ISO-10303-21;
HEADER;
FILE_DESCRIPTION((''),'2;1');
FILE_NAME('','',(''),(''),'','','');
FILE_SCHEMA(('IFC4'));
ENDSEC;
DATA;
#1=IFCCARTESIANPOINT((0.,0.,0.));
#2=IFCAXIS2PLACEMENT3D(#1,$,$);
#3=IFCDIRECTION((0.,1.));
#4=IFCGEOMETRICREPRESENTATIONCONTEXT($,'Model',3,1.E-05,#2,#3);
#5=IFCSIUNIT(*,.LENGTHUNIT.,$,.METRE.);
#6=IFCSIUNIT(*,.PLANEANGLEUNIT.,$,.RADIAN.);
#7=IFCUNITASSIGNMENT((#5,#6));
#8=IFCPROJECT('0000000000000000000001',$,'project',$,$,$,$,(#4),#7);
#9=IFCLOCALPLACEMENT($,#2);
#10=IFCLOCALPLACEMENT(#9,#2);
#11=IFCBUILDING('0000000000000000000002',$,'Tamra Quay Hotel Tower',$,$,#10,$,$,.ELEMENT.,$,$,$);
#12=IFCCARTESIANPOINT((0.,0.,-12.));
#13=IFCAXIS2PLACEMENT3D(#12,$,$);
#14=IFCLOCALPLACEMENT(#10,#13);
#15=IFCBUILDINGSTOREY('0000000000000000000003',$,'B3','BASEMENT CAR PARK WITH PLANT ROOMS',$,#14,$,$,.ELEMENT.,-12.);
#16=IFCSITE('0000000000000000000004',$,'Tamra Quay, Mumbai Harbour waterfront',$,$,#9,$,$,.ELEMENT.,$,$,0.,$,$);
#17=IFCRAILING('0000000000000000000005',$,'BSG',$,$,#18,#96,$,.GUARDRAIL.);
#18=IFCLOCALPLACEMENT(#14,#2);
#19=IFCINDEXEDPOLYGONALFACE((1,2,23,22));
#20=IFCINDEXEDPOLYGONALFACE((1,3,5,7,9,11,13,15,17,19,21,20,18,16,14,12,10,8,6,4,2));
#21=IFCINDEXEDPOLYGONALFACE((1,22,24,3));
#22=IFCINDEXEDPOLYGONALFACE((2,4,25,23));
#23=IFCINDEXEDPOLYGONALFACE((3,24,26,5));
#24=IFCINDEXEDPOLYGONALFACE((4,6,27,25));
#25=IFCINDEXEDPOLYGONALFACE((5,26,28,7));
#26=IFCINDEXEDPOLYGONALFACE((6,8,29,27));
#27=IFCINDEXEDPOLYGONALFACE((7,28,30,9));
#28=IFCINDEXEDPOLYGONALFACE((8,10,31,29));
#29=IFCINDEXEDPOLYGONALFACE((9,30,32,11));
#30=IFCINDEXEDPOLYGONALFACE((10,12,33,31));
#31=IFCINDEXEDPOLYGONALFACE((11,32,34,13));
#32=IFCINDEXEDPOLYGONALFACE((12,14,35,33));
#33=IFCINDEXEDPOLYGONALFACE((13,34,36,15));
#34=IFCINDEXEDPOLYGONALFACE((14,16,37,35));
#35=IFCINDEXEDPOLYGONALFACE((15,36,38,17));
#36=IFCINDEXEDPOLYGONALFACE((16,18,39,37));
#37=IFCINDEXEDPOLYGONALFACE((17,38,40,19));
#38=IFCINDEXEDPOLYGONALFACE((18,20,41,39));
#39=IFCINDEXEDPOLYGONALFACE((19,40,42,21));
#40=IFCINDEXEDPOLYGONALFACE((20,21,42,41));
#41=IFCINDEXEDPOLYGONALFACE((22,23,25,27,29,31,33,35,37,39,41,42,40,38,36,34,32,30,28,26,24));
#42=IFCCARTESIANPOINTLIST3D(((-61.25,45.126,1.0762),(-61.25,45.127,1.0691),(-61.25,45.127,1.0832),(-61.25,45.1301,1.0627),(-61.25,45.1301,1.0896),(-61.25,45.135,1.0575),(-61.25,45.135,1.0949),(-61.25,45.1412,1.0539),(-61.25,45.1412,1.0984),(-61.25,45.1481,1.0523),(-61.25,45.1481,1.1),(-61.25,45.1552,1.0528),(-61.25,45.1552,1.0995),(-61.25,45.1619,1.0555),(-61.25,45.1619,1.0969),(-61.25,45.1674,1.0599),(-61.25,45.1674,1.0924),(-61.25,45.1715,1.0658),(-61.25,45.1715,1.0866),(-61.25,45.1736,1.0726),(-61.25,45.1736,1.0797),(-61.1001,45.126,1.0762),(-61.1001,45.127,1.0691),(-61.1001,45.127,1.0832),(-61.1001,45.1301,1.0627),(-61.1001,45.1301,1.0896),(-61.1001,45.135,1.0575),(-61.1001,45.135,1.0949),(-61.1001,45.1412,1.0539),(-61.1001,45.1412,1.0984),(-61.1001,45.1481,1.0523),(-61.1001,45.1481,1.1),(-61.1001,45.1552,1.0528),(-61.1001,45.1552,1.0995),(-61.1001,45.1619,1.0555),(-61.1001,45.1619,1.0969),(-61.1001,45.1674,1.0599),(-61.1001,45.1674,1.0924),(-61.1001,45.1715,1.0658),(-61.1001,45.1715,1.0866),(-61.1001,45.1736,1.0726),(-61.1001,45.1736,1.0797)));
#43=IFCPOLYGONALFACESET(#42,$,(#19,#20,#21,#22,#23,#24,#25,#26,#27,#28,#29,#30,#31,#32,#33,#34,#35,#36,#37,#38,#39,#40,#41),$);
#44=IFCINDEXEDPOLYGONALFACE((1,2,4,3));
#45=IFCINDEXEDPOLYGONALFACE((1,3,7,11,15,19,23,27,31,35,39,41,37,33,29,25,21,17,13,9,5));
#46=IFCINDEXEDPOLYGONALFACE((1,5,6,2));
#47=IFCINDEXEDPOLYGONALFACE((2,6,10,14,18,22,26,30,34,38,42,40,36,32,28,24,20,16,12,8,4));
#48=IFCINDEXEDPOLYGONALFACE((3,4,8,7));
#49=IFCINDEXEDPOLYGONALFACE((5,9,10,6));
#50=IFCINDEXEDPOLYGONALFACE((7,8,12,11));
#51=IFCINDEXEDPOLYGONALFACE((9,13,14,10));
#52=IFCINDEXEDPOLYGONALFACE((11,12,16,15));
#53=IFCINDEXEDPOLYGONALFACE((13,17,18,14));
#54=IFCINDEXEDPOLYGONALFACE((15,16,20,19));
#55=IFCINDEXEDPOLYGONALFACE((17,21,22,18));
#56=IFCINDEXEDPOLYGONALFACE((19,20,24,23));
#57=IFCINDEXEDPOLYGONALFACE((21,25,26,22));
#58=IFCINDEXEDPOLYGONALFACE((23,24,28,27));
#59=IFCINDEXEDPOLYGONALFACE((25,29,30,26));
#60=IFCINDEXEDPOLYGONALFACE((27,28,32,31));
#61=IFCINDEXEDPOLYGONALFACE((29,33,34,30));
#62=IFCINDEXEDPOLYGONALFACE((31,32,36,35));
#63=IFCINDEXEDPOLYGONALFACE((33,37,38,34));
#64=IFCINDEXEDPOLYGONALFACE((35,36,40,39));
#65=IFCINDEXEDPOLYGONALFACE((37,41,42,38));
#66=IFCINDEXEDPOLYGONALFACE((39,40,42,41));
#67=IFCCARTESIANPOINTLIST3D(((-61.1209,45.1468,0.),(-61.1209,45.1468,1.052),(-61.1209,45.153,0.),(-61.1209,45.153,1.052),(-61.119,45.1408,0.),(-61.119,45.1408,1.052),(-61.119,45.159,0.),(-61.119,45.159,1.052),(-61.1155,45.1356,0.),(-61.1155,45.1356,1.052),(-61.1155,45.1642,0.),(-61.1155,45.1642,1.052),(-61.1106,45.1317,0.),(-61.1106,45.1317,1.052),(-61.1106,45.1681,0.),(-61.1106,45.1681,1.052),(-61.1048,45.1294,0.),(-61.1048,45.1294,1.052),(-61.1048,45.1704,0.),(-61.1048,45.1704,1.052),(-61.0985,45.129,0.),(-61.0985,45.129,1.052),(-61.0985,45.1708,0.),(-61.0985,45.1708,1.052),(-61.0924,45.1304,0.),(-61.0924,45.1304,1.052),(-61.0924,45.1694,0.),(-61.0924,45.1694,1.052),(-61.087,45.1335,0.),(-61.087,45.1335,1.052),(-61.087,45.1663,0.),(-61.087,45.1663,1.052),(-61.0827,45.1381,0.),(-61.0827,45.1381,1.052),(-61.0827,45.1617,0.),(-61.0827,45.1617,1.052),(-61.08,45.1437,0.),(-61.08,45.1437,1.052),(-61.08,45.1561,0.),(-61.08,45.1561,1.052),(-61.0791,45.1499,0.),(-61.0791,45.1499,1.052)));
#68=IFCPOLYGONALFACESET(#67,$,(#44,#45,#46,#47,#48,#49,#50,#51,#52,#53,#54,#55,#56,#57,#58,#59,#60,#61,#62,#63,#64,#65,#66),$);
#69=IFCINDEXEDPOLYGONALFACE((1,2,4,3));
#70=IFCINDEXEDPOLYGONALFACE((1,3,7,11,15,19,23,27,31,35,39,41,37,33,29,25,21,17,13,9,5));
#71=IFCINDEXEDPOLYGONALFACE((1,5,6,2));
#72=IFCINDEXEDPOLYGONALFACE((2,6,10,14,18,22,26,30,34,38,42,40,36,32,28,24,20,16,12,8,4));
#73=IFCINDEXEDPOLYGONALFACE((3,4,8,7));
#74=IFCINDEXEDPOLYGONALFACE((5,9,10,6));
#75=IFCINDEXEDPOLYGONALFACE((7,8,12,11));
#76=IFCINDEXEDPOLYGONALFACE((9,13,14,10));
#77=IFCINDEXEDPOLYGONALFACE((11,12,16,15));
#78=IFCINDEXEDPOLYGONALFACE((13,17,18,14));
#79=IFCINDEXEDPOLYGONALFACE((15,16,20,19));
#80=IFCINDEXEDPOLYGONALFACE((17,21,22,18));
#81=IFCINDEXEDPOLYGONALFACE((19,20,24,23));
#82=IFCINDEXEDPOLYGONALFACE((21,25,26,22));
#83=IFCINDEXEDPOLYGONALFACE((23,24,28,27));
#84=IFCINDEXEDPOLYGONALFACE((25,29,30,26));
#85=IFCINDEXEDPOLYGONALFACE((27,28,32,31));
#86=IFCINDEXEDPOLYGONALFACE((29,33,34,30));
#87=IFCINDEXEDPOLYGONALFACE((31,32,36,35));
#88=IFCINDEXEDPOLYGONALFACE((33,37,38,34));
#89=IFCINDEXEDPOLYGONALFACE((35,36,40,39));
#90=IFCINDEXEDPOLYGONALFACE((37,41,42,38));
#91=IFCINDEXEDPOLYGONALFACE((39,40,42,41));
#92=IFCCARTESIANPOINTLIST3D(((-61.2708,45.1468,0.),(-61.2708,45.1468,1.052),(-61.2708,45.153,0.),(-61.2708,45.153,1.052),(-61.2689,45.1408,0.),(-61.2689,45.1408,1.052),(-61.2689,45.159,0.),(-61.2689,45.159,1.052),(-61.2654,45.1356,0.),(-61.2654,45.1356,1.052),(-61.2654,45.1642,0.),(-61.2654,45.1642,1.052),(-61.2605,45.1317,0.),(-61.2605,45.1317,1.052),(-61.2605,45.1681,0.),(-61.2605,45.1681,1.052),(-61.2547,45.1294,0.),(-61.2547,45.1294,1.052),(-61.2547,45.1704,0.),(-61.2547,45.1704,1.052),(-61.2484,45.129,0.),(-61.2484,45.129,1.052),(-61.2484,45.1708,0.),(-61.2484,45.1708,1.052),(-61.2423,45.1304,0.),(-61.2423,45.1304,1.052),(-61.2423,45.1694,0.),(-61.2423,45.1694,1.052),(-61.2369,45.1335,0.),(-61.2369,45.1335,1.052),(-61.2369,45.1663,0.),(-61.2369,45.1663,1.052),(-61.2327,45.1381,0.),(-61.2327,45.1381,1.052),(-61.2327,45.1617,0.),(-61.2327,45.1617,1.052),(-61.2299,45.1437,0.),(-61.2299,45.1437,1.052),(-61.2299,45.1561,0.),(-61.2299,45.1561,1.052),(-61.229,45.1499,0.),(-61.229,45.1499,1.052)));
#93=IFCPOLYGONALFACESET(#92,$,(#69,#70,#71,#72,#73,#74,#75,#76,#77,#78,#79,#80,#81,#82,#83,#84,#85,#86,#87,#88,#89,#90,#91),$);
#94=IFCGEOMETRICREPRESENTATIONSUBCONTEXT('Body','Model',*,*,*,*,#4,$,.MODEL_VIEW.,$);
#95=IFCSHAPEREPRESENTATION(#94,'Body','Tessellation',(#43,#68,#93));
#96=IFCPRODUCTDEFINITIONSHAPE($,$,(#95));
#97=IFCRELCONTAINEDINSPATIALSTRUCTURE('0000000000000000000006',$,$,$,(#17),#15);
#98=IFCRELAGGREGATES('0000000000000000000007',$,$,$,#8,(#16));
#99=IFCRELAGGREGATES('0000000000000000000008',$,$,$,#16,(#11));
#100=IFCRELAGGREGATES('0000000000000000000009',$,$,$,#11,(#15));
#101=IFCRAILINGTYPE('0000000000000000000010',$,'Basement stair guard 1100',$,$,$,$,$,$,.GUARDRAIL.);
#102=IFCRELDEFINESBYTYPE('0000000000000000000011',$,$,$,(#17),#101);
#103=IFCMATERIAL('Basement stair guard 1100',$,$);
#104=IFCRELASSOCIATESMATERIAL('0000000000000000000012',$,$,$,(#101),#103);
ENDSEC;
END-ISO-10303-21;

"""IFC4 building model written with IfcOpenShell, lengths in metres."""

from ifc_helpers import new_model, si_unit, direction, frame, origin, origin_2d, place, context, subcontext, project, spatial, circle, extrude, material, type_object, element, save


model = new_model("IFC4")

# Units and contexts
model_context = context("Model", 3, precision=1e-05, world=origin(), true_north=direction((0.0, 1.0)))
body_context = subcontext(model_context, "Body", "Model", "MODEL_VIEW")
ifc_project = project(units=[si_unit("LENGTHUNIT", "METRE"), si_unit("PLANEANGLEUNIT", "RADIAN")], contexts=[model_context])

# Site, building, storey
site_placement = place(None, origin())
site = spatial("IfcSite", under=ifc_project, at=site_placement, Name="Tamra Quay, Mumbai Harbour waterfront", CompositionType="ELEMENT", RefElevation=0.0)
building_placement = place(site_placement, origin())
building = spatial("IfcBuilding", under=site, at=building_placement, Name="Tamra Quay Hotel Tower", CompositionType="ELEMENT")
storey_placement = place(building_placement, frame((0.0, 0.0, -12.0)))
storey = spatial("IfcBuildingStorey", under=building, at=storey_placement, Name="B3", Description="BASEMENT CAR PARK WITH PLANT ROOMS", CompositionType="ELEMENT", Elevation=-12.0)

# Railing
ifc_material_1 = material(Name="Basement stair guard 1100")
railing_type_1 = type_object("IfcRailingType", Name="Basement stair guard 1100", PredefinedType="GUARDRAIL", material=ifc_material_1)
railing_1_placement = place(storey_placement, frame((-61.1001, 45.1499, 0.0)))
element("IfcRailing", 1, at=railing_1_placement, inside=storey, type_object=railing_type_1, Name="BSG", PredefinedType="GUARDRAIL", context=body_context, shape_type="SweptSolid", body=[
    extrude(circle(Radius=0.0239, at=origin_2d()), frame((0.0, 0.0, 1.0762), z_axis=(-1.0, 0.0, 0.0), x_axis=(0.0, -1.0, 0.0)), (0.0, 0.0, 1.0), 0.1499),
    extrude(circle(Radius=0.021, at=origin_2d()), origin(), (0.0, 0.0, 1.0), 1.052),
    extrude(circle(Radius=0.021, at=origin_2d()), frame((-0.1499, 0.0, 0.0)), (0.0, 0.0, 1.0), 1.052),
])

save(model, "model.ifc")
